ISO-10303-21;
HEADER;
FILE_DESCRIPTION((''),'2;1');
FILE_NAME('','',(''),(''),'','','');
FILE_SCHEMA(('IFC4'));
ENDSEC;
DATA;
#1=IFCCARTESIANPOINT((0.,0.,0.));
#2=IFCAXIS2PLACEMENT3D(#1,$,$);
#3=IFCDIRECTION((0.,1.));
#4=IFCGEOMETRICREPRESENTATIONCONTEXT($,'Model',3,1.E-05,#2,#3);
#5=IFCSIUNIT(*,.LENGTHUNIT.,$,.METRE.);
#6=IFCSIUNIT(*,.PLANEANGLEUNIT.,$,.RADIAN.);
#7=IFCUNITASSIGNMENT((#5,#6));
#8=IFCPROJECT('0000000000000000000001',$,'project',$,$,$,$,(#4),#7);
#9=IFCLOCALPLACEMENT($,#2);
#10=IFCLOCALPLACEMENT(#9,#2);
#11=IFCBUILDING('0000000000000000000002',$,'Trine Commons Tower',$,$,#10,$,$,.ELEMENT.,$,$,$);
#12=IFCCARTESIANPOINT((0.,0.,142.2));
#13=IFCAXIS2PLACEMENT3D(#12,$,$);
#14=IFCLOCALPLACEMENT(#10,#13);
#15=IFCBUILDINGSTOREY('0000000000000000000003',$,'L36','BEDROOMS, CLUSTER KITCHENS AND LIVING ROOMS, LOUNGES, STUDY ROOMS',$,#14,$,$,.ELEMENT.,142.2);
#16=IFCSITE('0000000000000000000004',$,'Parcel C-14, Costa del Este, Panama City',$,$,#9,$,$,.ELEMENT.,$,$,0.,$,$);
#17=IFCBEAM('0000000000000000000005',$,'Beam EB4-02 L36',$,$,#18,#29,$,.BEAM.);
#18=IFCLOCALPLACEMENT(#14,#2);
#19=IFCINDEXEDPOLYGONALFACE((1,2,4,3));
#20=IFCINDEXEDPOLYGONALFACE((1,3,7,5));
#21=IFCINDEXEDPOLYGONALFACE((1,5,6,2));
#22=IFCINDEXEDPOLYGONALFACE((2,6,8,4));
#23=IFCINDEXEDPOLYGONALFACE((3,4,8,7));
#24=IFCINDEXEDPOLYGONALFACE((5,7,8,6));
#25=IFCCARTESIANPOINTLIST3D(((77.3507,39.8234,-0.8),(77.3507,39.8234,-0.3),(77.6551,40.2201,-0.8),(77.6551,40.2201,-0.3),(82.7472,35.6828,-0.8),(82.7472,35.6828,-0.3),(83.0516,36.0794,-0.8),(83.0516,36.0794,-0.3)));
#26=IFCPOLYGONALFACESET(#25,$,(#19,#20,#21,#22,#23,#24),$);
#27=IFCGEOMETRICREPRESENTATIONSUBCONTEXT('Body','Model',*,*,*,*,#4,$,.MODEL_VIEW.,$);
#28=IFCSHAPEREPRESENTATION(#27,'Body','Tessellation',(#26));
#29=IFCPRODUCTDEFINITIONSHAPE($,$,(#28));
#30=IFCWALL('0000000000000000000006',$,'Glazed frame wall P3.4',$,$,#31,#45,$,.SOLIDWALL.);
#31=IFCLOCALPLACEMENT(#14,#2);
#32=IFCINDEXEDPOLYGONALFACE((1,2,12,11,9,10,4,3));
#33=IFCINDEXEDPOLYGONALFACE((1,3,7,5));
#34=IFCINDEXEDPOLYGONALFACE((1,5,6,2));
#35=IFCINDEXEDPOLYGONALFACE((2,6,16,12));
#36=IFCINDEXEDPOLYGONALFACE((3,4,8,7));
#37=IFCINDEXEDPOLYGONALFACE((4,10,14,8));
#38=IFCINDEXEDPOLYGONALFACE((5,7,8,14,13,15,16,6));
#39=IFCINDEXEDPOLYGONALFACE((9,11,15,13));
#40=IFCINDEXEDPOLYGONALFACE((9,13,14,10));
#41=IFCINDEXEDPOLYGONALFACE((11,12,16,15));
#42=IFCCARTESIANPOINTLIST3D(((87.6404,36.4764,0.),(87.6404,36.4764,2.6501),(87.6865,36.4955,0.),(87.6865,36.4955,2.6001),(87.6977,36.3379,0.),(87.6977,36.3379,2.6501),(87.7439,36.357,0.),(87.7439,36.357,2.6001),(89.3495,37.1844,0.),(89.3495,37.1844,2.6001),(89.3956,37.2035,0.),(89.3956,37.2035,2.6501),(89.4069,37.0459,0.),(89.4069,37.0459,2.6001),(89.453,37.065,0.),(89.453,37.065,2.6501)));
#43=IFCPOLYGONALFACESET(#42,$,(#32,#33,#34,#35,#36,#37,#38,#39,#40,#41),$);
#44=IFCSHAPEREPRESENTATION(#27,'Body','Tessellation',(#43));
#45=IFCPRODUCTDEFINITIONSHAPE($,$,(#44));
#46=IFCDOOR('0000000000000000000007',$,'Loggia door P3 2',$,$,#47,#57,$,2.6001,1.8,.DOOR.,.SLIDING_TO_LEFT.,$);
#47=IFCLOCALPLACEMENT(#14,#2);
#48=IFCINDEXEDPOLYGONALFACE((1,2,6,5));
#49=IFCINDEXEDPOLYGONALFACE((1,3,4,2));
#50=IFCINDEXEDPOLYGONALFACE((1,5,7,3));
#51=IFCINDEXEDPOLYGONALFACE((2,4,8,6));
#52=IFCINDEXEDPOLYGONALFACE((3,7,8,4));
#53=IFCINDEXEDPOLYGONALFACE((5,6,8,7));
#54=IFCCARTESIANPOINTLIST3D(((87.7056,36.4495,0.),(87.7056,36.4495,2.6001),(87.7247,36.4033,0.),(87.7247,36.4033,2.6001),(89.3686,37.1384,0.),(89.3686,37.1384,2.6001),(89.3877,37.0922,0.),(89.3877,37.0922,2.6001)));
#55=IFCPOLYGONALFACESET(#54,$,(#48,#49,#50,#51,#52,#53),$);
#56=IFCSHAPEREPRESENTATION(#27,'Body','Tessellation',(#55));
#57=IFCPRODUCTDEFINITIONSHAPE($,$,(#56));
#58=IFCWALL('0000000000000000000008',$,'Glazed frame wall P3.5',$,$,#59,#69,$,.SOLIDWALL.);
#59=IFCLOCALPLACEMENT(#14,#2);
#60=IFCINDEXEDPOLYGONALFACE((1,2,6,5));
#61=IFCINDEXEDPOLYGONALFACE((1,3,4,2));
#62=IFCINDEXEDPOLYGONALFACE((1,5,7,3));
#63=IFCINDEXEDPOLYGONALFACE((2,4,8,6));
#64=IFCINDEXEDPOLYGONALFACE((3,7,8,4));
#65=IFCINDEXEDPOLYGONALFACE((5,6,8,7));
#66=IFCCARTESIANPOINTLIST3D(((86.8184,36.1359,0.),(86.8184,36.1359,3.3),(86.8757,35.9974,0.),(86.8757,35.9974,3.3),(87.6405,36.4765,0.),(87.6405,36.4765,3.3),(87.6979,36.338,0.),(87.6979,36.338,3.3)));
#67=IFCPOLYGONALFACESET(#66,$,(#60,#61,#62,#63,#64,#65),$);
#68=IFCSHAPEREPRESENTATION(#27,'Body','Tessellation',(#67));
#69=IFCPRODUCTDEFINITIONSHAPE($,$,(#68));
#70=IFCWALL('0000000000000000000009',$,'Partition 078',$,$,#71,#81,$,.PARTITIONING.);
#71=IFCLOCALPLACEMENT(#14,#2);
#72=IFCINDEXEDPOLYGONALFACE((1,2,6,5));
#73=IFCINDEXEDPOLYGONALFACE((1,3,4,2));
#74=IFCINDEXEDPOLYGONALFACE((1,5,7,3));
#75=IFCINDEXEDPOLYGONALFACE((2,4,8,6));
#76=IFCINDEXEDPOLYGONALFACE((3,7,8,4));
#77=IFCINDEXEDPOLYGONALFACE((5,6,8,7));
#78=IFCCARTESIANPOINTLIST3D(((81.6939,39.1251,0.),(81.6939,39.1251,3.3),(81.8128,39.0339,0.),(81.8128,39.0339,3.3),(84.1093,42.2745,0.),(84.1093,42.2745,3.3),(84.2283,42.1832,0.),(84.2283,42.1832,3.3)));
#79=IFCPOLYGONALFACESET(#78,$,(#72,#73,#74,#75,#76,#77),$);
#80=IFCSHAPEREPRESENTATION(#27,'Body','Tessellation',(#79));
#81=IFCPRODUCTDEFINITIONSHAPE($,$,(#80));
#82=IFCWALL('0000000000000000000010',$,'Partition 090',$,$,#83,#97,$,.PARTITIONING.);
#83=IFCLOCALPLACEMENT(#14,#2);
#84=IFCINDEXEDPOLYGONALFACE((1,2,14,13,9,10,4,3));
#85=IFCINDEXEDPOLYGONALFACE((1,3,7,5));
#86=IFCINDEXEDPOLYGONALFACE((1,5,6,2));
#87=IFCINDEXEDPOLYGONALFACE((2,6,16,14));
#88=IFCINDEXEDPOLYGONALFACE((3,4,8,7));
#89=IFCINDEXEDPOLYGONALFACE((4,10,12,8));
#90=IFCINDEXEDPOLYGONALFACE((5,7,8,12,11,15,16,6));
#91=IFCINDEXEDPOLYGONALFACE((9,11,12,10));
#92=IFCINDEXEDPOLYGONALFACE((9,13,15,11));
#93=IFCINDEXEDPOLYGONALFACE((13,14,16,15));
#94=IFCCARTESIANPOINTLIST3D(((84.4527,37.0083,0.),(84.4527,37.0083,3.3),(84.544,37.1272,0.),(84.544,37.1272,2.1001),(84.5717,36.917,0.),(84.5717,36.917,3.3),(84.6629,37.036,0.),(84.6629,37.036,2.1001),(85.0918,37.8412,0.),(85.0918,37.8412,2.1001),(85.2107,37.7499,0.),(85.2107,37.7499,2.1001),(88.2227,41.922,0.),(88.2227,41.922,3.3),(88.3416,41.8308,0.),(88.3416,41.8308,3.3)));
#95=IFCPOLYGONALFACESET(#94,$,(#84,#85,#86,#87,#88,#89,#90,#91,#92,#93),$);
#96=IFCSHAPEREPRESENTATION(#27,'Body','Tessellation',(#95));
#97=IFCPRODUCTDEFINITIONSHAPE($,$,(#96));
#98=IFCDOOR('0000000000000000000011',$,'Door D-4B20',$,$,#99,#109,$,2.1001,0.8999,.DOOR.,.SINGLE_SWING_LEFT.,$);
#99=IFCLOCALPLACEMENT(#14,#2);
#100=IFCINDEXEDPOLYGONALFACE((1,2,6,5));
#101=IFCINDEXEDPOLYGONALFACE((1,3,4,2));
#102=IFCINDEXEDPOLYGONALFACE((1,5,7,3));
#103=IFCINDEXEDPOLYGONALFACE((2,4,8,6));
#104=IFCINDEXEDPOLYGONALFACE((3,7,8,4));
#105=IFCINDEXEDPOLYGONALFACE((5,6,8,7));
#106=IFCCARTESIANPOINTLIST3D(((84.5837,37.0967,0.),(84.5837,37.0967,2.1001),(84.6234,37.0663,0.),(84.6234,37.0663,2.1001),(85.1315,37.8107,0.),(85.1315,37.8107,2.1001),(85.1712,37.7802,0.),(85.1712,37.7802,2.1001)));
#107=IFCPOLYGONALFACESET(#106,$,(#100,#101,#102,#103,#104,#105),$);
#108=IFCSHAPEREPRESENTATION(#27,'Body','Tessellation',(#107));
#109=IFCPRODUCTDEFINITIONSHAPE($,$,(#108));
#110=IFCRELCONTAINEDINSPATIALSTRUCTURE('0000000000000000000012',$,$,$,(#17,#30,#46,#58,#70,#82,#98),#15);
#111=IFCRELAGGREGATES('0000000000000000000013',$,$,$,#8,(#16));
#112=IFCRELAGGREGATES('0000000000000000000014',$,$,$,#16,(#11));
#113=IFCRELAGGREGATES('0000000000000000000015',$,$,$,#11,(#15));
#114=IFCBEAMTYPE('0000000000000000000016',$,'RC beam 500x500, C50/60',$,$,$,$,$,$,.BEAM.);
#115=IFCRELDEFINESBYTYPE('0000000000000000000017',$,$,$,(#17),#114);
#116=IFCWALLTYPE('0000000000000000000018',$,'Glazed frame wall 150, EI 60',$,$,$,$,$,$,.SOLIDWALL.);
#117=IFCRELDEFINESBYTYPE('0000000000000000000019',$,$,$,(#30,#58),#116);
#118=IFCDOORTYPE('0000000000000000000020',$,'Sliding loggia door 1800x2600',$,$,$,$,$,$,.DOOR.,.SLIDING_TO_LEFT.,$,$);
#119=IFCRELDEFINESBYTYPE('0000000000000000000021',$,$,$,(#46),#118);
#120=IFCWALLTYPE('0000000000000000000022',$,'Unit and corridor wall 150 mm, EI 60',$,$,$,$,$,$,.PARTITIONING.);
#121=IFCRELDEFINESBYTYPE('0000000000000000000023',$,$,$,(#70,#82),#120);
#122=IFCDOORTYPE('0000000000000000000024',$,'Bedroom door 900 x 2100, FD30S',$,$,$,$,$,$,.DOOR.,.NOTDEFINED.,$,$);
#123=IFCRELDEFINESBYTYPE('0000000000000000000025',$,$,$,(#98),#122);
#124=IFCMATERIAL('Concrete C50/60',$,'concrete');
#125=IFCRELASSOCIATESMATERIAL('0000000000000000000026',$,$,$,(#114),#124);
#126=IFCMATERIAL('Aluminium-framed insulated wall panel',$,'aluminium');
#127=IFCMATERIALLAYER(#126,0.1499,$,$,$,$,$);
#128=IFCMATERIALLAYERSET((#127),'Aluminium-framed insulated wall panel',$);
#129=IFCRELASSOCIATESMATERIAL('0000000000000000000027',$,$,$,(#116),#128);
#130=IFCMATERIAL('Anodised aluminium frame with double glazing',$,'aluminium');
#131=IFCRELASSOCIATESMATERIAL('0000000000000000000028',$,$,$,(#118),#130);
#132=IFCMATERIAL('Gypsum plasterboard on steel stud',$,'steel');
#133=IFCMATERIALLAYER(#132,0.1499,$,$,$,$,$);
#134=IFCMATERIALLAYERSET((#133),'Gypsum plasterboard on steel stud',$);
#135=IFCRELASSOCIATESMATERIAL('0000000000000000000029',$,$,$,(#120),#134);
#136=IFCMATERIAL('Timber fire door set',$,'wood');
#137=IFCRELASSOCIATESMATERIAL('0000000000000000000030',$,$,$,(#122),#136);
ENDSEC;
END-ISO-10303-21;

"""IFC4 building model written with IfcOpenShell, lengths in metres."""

from ifc_helpers import new_model, si_unit, direction, frame, frame_2d, origin, origin_2d, place, context, subcontext, project, spatial, polyline, rectangle, outline, extrude, material, layer, layer_set, material_profile, profile_set, type_object, element, fill, save


model = new_model("IFC4")

# Units and contexts
model_context = context("Model", 3, precision=1e-05, world=origin(), true_north=direction((0.0, 1.0)))
body_context = subcontext(model_context, "Body", "Model", "MODEL_VIEW")
ifc_project = project(units=[si_unit("LENGTHUNIT", "METRE"), si_unit("PLANEANGLEUNIT", "RADIAN")], contexts=[model_context])

# Site, building, storey
site_placement = place(None, origin())
site = spatial("IfcSite", under=ifc_project, at=site_placement, Name="Parcel C-14, Costa del Este, Panama City", CompositionType="ELEMENT", RefElevation=0.0)
building_placement = place(site_placement, origin())
building = spatial("IfcBuilding", under=site, at=building_placement, Name="Trine Commons Tower", CompositionType="ELEMENT")
storey_placement = place(building_placement, frame((0.0, 0.0, 142.2)))
storey = spatial("IfcBuildingStorey", under=building, at=storey_placement, Name="L36", Description="BEDROOMS, CLUSTER KITCHENS AND LIVING ROOMS, LOUNGES, STUDY ROOMS", CompositionType="ELEMENT", Elevation=142.2)

# Beam
ifc_material_1 = material(Name="Concrete C50/60", Category="concrete")
ifc_material_profile = material_profile(ifc_material_1, rectangle(XDim=0.5, YDim=0.5, at=origin_2d()), Name="RC 500x500")
ifc_profile_set = profile_set([ifc_material_profile], Name="Concrete C50/60")
beam_type = type_object("IfcBeamType", Name="RC beam 500x500, C50/60", PredefinedType="BEAM", material=ifc_profile_set)
beam_placement = place(storey_placement, frame((82.8994, 35.8811, -0.55), z_axis=(-0.793371, 0.608739, 0.0), x_axis=(-0.608739, -0.793371, 0.0)))
element("IfcBeam", 1, at=beam_placement, inside=storey, type_object=beam_type, Name="Beam EB4-02 L36", PredefinedType="BEAM", context=body_context, shape_type="SweptSolid", body=[
    extrude(rectangle(XDim=0.5, YDim=0.5, at=origin_2d()), origin(), (0.0, 0.0, 1.0), 6.802),
])

# Wall, opening, door
ifc_material_2 = material(Name="Aluminium-framed insulated wall panel", Category="aluminium")
ifc_layer_1 = layer(ifc_material_2, 0.1499)
ifc_layer_set_1 = layer_set([ifc_layer_1], Name="Aluminium-framed insulated wall panel")
wall_type_1 = type_object("IfcWallType", Name="Glazed frame wall 150, EI 60", PredefinedType="SOLIDWALL", material=ifc_layer_set_1)
wall_1_placement = place(storey_placement, frame((89.4243, 37.1343, 0.0), z_axis=(0.0, 0.0, 1.0), x_axis=(-0.92387, -0.382707, 0.0)))
wall_1 = element("IfcWall", 2, at=wall_1_placement, inside=storey, type_object=wall_type_1, Name="Glazed frame wall P3.4", PredefinedType="SOLIDWALL", context=body_context, shape_type="SweptSolid", body=[
    extrude(outline(polyline([(0.0, -0.075), (1.8999, -0.075), (1.8999, 0.075), (0.0, 0.075), (0.0, -0.075)])), origin(), (0.0, 0.0, 1.0), 2.6501),
])
opening_1_placement = place(wall_1_placement, frame((0.05, 0.0, 0.0)))
opening_1 = element("IfcOpeningElement", 3, at=opening_1_placement, cuts=wall_1, PredefinedType="OPENING", context=body_context, shape_type="SweptSolid", body=[
    extrude(rectangle(XDim=1.8, YDim=2.6001, at=frame_2d((0.8999, 1.3))), frame((0.0, 0.085, 0.0), z_axis=(0.0, -1.0, 0.0), x_axis=(1.0, 0.0, 0.0)), (0.0, 0.0, 1.0), 0.1699),
])
ifc_material_3 = material(Name="Anodised aluminium frame with double glazing", Category="aluminium")
door_type_1 = type_object("IfcDoorType", Name="Sliding loggia door 1800x2600", OperationType="SLIDING_TO_LEFT", PredefinedType="DOOR", material=ifc_material_3)
door_1_placement = place(opening_1_placement, origin())
door_1 = element("IfcDoor", 4, at=door_1_placement, inside=storey, type_object=door_type_1, Name="Loggia door P3 2", OperationType="SLIDING_TO_LEFT", OverallHeight=2.6001, OverallWidth=1.8, PredefinedType="DOOR", context=body_context, shape_type="SweptSolid", body=[
    extrude(rectangle(XDim=1.8, YDim=2.6001, at=frame_2d((0.8999, 1.3))), frame((0.0, 0.0249, 0.0), z_axis=(0.0, -1.0, 0.0), x_axis=(1.0, 0.0, 0.0)), (0.0, 0.0, 1.0), 0.05),
])
fill(opening_1, door_1)

# Walls
wall_2_placement = place(storey_placement, frame((87.6692, 36.4072, 0.0), z_axis=(0.0, 0.0, 1.0), x_axis=(-0.923862, -0.382725, 0.0)))
element("IfcWall", 5, at=wall_2_placement, inside=storey, type_object=wall_type_1, Name="Glazed frame wall P3.5", PredefinedType="SOLIDWALL", context=body_context, shape_type="SweptSolid", body=[
    extrude(outline(polyline([(0.8899, 0.075), (0.0, 0.075), (0.0, -0.075), (0.8899, -0.075), (0.8899, 0.075)])), origin(), (0.0, 0.0, 1.0), 3.3),
])
ifc_material_4 = material(Name="Gypsum plasterboard on steel stud", Category="steel")
ifc_layer_2 = layer(ifc_material_4, 0.1499)
ifc_layer_set_2 = layer_set([ifc_layer_2], Name="Gypsum plasterboard on steel stud")
wall_type_2 = type_object("IfcWallType", Name="Unit and corridor wall 150 mm, EI 60", PredefinedType="PARTITIONING", material=ifc_layer_set_2)
wall_3_placement = place(storey_placement, frame((81.7534, 39.0796, 0.0), z_axis=(0.0, 0.0, 1.0), x_axis=(0.608586, 0.793488, 0.0)))
element("IfcWall", 6, at=wall_3_placement, inside=storey, type_object=wall_type_2, Name="Partition 078", PredefinedType="PARTITIONING", context=body_context, shape_type="SweptSolid", body=[
    extrude(rectangle(XDim=3.969, YDim=0.1499, at=frame_2d((1.9844, 0.0))), origin(), (0.0, 0.0, 1.0), 3.3),
])

# Wall, opening, door
wall_4_placement = place(storey_placement, frame((84.5122, 36.9626, 0.0), z_axis=(0.0, 0.0, 1.0), x_axis=(0.608712, 0.793391, 0.0)))
wall_4 = element("IfcWall", 7, at=wall_4_placement, inside=storey, type_object=wall_type_2, Name="Partition 090", PredefinedType="PARTITIONING", context=body_context, shape_type="SweptSolid", body=[
    extrude(rectangle(XDim=6.1934, YDim=0.1499, at=frame_2d((3.0967, 0.0))), origin(), (0.0, 0.0, 1.0), 3.3),
])
opening_2_placement = place(wall_4_placement, frame((0.1499, 0.0, 0.0)))
opening_2 = element("IfcOpeningElement", 8, at=opening_2_placement, cuts=wall_4, PredefinedType="OPENING", context=body_context, shape_type="SweptSolid", body=[
    extrude(rectangle(XDim=0.8999, YDim=2.1001, at=frame_2d((0.45, 1.05))), frame((0.0, 0.085, 0.0), z_axis=(0.0, -1.0, 0.0), x_axis=(1.0, 0.0, 0.0)), (0.0, 0.0, 1.0), 0.1699),
])
ifc_material_5 = material(Name="Timber fire door set", Category="wood")
door_type_2 = type_object("IfcDoorType", Name="Bedroom door 900 x 2100, FD30S", OperationType="NOTDEFINED", PredefinedType="DOOR", material=ifc_material_5)
door_2_placement = place(opening_2_placement, origin())
door_2 = element("IfcDoor", 9, at=door_2_placement, inside=storey, type_object=door_type_2, Name="Door D-4B20", OperationType="SINGLE_SWING_LEFT", OverallHeight=2.1001, OverallWidth=0.8999, PredefinedType="DOOR", context=body_context, shape_type="SweptSolid", body=[
    extrude(rectangle(XDim=0.8999, YDim=2.1001, at=frame_2d((0.45, 1.05))), frame((0.0, 0.0249, 0.0), z_axis=(0.0, -1.0, 0.0), x_axis=(1.0, 0.0, 0.0)), (0.0, 0.0, 1.0), 0.05),
])
fill(opening_2, door_2)

save(model, "model.ifc")
